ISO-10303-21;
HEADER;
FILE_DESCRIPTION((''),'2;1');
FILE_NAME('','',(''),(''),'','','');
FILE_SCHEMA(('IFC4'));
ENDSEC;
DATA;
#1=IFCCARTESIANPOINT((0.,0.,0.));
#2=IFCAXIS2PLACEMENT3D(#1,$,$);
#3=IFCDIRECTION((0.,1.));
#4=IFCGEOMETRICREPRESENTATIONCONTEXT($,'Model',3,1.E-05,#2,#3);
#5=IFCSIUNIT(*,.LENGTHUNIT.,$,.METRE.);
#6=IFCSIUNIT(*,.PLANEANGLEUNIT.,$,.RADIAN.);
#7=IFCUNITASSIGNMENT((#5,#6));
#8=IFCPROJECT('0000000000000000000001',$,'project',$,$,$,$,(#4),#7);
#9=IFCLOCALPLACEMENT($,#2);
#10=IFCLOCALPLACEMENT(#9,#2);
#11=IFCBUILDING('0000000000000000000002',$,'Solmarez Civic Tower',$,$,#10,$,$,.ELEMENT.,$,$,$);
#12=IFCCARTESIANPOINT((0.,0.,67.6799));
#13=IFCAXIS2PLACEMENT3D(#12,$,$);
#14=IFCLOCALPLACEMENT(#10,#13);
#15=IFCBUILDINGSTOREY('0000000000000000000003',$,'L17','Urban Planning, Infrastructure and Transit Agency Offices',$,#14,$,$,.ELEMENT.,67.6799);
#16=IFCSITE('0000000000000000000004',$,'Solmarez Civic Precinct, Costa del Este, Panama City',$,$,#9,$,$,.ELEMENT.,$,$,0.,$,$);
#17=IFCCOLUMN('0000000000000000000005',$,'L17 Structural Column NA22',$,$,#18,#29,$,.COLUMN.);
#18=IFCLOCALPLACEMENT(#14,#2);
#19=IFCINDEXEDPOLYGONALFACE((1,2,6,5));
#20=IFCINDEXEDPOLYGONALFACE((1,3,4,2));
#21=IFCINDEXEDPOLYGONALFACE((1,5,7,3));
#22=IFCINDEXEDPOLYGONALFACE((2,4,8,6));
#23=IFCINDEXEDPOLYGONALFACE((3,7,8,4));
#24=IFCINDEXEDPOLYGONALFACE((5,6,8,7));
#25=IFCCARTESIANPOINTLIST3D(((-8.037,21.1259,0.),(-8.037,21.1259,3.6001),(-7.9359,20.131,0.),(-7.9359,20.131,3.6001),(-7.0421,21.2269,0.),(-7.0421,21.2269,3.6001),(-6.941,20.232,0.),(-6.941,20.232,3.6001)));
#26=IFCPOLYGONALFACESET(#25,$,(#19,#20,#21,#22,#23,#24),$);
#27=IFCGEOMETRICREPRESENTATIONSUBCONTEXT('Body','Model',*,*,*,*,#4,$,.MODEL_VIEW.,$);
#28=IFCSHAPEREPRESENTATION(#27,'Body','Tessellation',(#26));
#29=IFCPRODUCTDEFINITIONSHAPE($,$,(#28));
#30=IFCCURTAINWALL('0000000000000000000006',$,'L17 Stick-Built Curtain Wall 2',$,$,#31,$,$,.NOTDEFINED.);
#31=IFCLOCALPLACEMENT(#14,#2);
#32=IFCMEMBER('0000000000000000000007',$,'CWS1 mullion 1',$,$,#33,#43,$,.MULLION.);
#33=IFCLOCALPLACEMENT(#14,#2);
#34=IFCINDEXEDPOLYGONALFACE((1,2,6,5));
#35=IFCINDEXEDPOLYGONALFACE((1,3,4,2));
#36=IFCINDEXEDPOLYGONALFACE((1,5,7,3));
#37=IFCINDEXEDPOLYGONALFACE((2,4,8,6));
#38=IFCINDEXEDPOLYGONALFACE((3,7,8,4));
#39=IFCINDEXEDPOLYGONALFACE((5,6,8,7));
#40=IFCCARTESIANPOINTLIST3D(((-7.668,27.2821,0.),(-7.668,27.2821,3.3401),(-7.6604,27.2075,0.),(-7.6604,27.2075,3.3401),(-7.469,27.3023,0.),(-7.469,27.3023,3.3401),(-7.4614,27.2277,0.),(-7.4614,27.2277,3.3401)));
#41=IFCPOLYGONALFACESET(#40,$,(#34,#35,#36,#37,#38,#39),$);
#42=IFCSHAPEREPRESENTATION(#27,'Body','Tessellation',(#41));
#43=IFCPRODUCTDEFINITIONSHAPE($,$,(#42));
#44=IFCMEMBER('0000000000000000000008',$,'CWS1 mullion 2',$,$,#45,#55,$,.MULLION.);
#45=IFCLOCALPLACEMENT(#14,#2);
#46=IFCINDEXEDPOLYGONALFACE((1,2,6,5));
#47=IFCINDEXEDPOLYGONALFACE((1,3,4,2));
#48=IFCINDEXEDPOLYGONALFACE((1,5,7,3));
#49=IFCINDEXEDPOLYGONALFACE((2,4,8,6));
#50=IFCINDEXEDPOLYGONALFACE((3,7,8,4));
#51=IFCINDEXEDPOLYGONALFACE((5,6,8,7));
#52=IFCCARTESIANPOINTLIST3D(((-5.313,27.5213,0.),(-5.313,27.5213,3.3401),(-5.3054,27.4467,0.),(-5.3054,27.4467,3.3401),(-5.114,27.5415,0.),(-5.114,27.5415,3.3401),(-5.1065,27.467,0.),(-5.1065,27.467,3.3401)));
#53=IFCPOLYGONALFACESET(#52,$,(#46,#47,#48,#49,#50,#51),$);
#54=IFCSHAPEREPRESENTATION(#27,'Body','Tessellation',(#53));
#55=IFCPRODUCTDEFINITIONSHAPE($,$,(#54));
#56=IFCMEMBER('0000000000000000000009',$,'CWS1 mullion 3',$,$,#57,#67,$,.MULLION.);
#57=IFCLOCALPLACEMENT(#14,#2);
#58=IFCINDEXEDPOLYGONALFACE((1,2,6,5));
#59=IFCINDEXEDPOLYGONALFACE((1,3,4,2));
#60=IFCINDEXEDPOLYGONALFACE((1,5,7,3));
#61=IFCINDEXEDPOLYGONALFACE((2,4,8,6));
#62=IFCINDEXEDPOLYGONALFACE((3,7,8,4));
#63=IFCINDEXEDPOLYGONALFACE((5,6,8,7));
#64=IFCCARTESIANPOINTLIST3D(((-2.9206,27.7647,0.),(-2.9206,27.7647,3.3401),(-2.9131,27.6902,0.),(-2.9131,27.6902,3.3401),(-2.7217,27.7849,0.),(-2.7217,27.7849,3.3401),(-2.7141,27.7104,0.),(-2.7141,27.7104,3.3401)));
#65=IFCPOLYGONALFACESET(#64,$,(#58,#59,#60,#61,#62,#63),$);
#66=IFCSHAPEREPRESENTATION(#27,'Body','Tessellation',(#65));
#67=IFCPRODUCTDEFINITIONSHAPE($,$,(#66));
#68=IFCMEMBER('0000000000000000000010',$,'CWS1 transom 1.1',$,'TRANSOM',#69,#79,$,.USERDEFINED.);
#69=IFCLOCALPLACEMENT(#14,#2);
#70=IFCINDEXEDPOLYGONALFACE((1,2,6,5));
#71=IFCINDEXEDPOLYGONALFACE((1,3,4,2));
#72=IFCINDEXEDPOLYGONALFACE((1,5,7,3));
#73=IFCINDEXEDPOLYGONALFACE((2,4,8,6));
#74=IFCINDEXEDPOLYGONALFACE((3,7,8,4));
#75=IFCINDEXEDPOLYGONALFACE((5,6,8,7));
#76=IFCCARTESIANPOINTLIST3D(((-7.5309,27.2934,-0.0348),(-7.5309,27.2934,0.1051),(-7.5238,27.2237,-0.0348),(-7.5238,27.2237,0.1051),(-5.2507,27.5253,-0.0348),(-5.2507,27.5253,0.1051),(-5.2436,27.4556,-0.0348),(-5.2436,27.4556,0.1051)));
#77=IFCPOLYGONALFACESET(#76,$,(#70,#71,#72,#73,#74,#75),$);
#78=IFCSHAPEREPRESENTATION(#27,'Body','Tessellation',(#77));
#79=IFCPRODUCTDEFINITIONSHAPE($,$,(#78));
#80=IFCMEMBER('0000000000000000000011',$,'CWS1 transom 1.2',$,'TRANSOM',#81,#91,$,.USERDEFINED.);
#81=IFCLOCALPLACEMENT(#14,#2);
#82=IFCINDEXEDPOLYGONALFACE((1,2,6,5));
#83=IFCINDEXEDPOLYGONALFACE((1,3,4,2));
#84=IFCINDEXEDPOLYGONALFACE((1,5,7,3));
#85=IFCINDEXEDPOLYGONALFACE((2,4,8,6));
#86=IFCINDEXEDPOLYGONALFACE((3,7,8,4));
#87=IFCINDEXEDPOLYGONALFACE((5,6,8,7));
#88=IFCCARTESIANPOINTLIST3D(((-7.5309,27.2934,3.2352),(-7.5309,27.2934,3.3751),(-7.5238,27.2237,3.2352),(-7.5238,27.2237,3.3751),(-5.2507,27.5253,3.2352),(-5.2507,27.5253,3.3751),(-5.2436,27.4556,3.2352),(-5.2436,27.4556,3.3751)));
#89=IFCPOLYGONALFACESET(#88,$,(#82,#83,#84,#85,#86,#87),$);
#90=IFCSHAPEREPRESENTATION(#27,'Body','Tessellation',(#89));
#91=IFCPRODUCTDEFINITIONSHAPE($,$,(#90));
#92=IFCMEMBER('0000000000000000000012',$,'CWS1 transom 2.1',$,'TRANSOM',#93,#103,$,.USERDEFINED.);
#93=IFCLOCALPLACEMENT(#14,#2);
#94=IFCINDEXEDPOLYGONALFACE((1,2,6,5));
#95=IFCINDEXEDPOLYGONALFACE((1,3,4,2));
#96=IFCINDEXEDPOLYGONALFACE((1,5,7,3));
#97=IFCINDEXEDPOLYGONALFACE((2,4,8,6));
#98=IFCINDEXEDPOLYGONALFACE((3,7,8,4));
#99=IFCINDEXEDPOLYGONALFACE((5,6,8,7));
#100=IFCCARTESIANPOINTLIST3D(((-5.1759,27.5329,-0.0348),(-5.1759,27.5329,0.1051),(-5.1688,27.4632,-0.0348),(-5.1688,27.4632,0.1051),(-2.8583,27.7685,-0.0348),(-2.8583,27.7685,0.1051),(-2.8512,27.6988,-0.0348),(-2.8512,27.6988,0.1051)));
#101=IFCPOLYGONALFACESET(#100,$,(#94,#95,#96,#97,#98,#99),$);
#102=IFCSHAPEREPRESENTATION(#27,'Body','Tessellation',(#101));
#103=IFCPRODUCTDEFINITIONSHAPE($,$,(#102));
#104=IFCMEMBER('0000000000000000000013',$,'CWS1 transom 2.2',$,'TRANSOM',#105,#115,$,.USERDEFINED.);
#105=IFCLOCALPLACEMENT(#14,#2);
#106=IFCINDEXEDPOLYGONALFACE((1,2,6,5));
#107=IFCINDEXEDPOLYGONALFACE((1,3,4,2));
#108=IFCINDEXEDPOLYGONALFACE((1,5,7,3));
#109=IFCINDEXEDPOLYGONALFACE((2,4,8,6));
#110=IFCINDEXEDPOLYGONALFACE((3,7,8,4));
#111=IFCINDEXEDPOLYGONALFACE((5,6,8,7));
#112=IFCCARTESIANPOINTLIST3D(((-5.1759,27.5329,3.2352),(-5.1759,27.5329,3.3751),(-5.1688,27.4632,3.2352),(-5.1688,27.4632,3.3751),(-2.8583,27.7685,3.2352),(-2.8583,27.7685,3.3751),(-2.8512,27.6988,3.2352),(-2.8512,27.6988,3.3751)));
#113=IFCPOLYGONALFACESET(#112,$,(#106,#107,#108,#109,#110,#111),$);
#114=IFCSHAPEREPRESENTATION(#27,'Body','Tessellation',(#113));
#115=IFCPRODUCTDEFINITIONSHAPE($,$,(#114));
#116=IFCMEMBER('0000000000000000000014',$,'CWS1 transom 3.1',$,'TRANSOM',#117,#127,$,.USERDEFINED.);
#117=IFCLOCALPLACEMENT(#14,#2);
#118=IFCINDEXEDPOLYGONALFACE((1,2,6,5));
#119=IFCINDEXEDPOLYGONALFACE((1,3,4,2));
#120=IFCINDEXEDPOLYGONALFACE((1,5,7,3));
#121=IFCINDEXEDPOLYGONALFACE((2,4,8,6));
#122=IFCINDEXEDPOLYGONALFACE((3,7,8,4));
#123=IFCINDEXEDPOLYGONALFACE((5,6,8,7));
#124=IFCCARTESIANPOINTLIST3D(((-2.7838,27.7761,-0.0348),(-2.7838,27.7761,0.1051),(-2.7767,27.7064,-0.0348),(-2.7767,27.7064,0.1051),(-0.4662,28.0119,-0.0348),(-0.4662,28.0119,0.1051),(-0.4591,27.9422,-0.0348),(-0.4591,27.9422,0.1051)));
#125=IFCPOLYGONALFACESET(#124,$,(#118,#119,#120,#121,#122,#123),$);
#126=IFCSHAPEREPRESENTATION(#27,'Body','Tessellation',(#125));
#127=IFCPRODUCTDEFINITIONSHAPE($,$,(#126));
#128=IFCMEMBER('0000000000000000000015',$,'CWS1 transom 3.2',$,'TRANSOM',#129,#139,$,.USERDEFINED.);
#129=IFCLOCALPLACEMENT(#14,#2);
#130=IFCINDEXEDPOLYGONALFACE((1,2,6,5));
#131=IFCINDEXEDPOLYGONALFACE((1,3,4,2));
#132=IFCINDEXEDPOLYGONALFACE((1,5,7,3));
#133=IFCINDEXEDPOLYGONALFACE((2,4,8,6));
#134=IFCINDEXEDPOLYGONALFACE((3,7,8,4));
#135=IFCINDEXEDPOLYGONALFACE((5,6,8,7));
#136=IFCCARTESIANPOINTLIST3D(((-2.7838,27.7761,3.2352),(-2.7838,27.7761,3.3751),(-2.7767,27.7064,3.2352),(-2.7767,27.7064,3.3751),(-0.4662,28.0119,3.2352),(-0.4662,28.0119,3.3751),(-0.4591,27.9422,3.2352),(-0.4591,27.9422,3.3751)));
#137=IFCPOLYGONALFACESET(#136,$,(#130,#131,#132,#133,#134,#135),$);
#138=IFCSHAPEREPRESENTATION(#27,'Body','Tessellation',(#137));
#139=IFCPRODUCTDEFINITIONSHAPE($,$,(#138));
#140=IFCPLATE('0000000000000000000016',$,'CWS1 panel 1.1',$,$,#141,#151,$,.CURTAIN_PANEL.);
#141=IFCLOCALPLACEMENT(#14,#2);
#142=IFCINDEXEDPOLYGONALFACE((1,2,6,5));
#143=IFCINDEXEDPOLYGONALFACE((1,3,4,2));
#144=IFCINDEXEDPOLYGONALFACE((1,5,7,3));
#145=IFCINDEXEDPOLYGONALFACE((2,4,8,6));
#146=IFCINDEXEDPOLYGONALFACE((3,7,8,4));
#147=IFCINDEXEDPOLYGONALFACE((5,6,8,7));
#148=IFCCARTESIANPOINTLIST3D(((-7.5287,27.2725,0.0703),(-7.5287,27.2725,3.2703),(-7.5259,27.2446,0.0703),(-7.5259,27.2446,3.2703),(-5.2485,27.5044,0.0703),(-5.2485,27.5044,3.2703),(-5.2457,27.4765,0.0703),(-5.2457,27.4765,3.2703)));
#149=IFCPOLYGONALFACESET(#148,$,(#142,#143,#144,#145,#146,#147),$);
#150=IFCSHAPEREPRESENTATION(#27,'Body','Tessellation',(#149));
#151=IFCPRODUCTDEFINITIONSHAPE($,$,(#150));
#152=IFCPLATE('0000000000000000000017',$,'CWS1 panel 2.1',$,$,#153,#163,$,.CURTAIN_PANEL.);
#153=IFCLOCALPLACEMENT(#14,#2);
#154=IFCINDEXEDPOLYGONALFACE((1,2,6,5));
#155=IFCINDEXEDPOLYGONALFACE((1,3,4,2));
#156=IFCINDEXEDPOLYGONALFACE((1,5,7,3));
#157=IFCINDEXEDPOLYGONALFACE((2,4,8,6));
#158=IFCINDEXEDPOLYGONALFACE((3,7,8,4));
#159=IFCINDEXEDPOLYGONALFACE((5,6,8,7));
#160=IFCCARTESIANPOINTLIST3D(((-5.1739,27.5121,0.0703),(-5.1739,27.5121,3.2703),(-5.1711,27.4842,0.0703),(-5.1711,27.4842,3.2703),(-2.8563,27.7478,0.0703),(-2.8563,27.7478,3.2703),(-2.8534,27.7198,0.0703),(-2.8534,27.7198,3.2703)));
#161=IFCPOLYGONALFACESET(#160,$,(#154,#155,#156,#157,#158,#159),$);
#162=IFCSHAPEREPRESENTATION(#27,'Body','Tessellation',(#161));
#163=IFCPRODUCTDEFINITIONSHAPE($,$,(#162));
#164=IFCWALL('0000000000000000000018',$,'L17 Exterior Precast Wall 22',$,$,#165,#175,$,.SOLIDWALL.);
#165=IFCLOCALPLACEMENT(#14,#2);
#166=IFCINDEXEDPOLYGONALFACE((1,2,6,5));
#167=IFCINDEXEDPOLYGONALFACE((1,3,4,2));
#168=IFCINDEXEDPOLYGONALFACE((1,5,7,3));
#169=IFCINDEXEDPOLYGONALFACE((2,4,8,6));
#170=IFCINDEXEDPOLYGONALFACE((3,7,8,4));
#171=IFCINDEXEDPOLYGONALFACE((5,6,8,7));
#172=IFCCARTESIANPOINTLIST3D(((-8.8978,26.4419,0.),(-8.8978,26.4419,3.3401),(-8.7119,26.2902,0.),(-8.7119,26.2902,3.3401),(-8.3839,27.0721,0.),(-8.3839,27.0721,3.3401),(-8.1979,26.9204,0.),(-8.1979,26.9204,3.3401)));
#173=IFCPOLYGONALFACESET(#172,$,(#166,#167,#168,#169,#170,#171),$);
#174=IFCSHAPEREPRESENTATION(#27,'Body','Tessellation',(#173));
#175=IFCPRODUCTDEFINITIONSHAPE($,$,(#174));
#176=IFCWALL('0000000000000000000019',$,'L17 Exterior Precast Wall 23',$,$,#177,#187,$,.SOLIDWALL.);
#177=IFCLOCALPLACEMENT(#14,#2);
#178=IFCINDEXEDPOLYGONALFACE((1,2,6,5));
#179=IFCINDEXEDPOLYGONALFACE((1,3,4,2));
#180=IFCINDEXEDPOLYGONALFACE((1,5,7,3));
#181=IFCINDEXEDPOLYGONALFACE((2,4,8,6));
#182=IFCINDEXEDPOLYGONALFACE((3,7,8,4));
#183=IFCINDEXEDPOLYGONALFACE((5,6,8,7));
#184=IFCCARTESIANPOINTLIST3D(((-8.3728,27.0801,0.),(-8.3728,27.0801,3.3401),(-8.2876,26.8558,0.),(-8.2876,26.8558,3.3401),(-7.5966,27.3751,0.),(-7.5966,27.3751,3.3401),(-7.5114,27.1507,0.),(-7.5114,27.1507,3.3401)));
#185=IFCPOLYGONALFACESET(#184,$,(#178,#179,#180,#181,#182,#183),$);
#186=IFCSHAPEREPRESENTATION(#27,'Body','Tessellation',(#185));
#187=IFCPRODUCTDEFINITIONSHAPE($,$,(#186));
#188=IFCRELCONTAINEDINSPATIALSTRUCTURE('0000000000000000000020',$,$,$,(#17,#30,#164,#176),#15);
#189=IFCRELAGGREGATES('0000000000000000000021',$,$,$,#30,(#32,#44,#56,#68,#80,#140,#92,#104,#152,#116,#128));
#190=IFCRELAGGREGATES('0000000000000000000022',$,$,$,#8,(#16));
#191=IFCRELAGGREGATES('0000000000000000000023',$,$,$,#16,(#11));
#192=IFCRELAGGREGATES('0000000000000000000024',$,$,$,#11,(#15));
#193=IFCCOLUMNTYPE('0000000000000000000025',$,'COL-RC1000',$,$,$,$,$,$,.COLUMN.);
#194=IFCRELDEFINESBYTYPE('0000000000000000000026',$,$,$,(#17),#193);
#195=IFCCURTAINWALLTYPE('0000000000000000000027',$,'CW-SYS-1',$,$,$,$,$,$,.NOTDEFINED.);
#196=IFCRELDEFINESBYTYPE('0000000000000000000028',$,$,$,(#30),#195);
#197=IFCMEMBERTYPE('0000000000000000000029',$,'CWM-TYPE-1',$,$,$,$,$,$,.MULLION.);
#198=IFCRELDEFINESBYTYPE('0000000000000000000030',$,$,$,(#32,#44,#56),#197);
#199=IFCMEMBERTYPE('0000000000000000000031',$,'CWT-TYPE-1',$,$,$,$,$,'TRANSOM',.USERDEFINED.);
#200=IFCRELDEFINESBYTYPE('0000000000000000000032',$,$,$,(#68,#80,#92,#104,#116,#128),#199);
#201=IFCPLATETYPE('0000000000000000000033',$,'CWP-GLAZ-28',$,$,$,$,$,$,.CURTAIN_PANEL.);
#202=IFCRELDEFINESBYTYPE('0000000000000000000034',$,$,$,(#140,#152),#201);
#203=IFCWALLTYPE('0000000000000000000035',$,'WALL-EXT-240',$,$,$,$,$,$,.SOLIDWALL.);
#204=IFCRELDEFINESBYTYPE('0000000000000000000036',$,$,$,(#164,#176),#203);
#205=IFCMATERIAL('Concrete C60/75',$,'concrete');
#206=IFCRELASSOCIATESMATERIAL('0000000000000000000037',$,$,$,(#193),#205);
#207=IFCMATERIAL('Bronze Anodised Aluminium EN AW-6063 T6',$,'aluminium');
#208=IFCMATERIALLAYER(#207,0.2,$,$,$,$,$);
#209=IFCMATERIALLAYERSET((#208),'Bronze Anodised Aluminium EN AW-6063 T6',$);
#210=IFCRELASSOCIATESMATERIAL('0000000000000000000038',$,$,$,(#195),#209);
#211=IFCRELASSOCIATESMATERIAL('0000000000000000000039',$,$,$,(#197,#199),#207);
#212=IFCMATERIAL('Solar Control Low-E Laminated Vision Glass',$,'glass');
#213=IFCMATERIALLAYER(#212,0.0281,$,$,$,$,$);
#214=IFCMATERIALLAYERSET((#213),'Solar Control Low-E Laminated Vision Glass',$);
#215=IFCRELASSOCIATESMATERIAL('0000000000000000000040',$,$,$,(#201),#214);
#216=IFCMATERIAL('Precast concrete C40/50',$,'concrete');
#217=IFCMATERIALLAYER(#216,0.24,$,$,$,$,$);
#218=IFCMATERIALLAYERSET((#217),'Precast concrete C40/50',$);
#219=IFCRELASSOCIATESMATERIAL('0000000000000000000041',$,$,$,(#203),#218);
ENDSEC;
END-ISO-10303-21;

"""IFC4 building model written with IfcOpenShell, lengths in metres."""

from ifc_helpers import new_model, si_unit, direction, frame, frame_2d, origin, origin_2d, place, context, subcontext, project, spatial, rectangle, extrude, material, layer, layer_set, material_profile, profile_set, type_object, element, aggregate, save


model = new_model("IFC4")

# Units and contexts
model_context = context("Model", 3, precision=1e-05, world=origin(), true_north=direction((0.0, 1.0)))
body_context = subcontext(model_context, "Body", "Model", "MODEL_VIEW")
ifc_project = project(units=[si_unit("LENGTHUNIT", "METRE"), si_unit("PLANEANGLEUNIT", "RADIAN")], contexts=[model_context])

# Site, building, storey
site_placement = place(None, origin())
site = spatial("IfcSite", under=ifc_project, at=site_placement, Name="Solmarez Civic Precinct, Costa del Este, Panama City", CompositionType="ELEMENT", RefElevation=0.0)
building_placement = place(site_placement, origin())
building = spatial("IfcBuilding", under=site, at=building_placement, Name="Solmarez Civic Tower", CompositionType="ELEMENT")
storey_placement = place(building_placement, frame((0.0, 0.0, 67.6799)))
storey = spatial("IfcBuildingStorey", under=building, at=storey_placement, Name="L17", Description="Urban Planning, Infrastructure and Transit Agency Offices", CompositionType="ELEMENT", Elevation=67.6799)

# Column
ifc_material_1 = material(Name="Concrete C60/75", Category="concrete")
ifc_material_profile_1 = material_profile(ifc_material_1, rectangle(XDim=1.0, YDim=1.0, at=origin_2d()), Name="RC1000X1000")
ifc_profile_set_1 = profile_set([ifc_material_profile_1], Name="Concrete C60/75")
column_type = type_object("IfcColumnType", Name="COL-RC1000", PredefinedType="COLUMN", material=ifc_profile_set_1)
column_placement = place(storey_placement, frame((-7.489, 20.679, 0.0), z_axis=(0.0, 0.0, 1.0), x_axis=(0.994881, 0.101056, 0.0)))
element("IfcColumn", 1, at=column_placement, inside=storey, type_object=column_type, Name="L17 Structural Column NA22", PredefinedType="COLUMN", context=body_context, shape_type="SweptSolid", body=[
    extrude(rectangle(XDim=1.0, YDim=1.0, at=origin_2d()), origin(), (0.0, 0.0, 1.0), 3.6001),
])

# Curtain wall, members, plates
ifc_material_2 = material(Name="Bronze Anodised Aluminium EN AW-6063 T6", Category="aluminium")
ifc_layer_1 = layer(ifc_material_2, 0.2)
ifc_layer_set_1 = layer_set([ifc_layer_1], Name="Bronze Anodised Aluminium EN AW-6063 T6")
curtain_wall_type = type_object("IfcCurtainWallType", Name="CW-SYS-1", PredefinedType="NOTDEFINED", material=ifc_layer_set_1)
curtain_wall_placement = place(storey_placement, origin())
curtain_wall = element("IfcCurtainWall", 2, at=curtain_wall_placement, inside=storey, type_object=curtain_wall_type, Name="L17 Stick-Built Curtain Wall 2", PredefinedType="NOTDEFINED")
ifc_material_profile_2 = material_profile(ifc_material_2, rectangle(XDim=0.075, YDim=0.2, at=origin_2d()), Name="CWM-75X200")
ifc_profile_set_2 = profile_set([ifc_material_profile_2], Name="Bronze Anodised Aluminium EN AW-6063 T6")
member_type_1 = type_object("IfcMemberType", Name="CWM-TYPE-1", PredefinedType="MULLION", material=ifc_profile_set_2)
member_1_placement = place(storey_placement, frame((-7.5647, 27.2549, 0.0), z_axis=(0.0, 0.0, 1.0), x_axis=(-0.101161, 0.99487, 0.0)))
member_1 = element("IfcMember", 3, at=member_1_placement, type_object=member_type_1, Name="CWS1 mullion 1", PredefinedType="MULLION", context=body_context, shape_type="SweptSolid", body=[
    extrude(rectangle(XDim=0.075, YDim=0.2, at=origin_2d()), origin(), (0.0, 0.0, 1.0), 3.3401),
])
member_2_placement = place(storey_placement, frame((-5.2097, 27.4941, 0.0), z_axis=(0.0, 0.0, 1.0), x_axis=(-0.101161, 0.99487, 0.0)))
member_2 = element("IfcMember", 4, at=member_2_placement, type_object=member_type_1, Name="CWS1 mullion 2", PredefinedType="MULLION", context=body_context, shape_type="SweptSolid", body=[
    extrude(rectangle(XDim=0.075, YDim=0.2, at=origin_2d()), origin(), (0.0, 0.0, 1.0), 3.3401),
])
member_3_placement = place(storey_placement, frame((-2.8174, 27.7375, 0.0), z_axis=(0.0, 0.0, 1.0), x_axis=(-0.101161, 0.99487, 0.0)))
member_3 = element("IfcMember", 5, at=member_3_placement, type_object=member_type_1, Name="CWS1 mullion 3", PredefinedType="MULLION", context=body_context, shape_type="SweptSolid", body=[
    extrude(rectangle(XDim=0.075, YDim=0.2, at=origin_2d()), origin(), (0.0, 0.0, 1.0), 3.3401),
])
ifc_material_profile_3 = material_profile(ifc_material_2, rectangle(XDim=0.0701, YDim=0.1399, at=origin_2d()), Name="CWT-70X140")
ifc_profile_set_3 = profile_set([ifc_material_profile_3], Name="Bronze Anodised Aluminium EN AW-6063 T6")
member_type_2 = type_object("IfcMemberType", Name="CWT-TYPE-1", ElementType="TRANSOM", PredefinedType="USERDEFINED", material=ifc_profile_set_3)
member_4_placement = place(storey_placement, frame((-7.5273, 27.2585, 0.0352), z_axis=(0.994867, 0.101191, 0.0), x_axis=(-0.101191, 0.994867, 0.0)))
member_4 = element("IfcMember", 6, at=member_4_placement, type_object=member_type_2, Name="CWS1 transom 1.1", ObjectType="TRANSOM", PredefinedType="USERDEFINED", context=body_context, shape_type="SweptSolid", body=[
    extrude(rectangle(XDim=0.0701, YDim=0.1399, at=origin_2d()), origin(), (0.0, 0.0, 1.0), 2.292),
])
member_5_placement = place(storey_placement, frame((-7.5273, 27.2585, 3.3052), z_axis=(0.994867, 0.101191, 0.0), x_axis=(-0.101191, 0.994867, 0.0)))
member_5 = element("IfcMember", 7, at=member_5_placement, type_object=member_type_2, Name="CWS1 transom 1.2", ObjectType="TRANSOM", PredefinedType="USERDEFINED", context=body_context, shape_type="SweptSolid", body=[
    extrude(rectangle(XDim=0.0701, YDim=0.1399, at=origin_2d()), origin(), (0.0, 0.0, 1.0), 2.292),
])
member_6_placement = place(storey_placement, frame((-5.1724, 27.498, 0.0352), z_axis=(0.994873, 0.101133, 0.0), x_axis=(-0.101133, 0.994873, 0.0)))
member_6 = element("IfcMember", 8, at=member_6_placement, type_object=member_type_2, Name="CWS1 transom 2.1", ObjectType="TRANSOM", PredefinedType="USERDEFINED", context=body_context, shape_type="SweptSolid", body=[
    extrude(rectangle(XDim=0.0701, YDim=0.1399, at=origin_2d()), origin(), (0.0, 0.0, 1.0), 2.3296),
])
member_7_placement = place(storey_placement, frame((-5.1724, 27.498, 3.3052), z_axis=(0.994873, 0.101133, 0.0), x_axis=(-0.101133, 0.994873, 0.0)))
member_7 = element("IfcMember", 9, at=member_7_placement, type_object=member_type_2, Name="CWS1 transom 2.2", ObjectType="TRANSOM", PredefinedType="USERDEFINED", context=body_context, shape_type="SweptSolid", body=[
    extrude(rectangle(XDim=0.0701, YDim=0.1399, at=origin_2d()), origin(), (0.0, 0.0, 1.0), 2.3296),
])
member_8_placement = place(storey_placement, frame((-2.7803, 27.7412, 0.0352), z_axis=(0.994862, 0.101236, 0.0), x_axis=(-0.101236, 0.994862, 0.0)))
member_8 = element("IfcMember", 10, at=member_8_placement, type_object=member_type_2, Name="CWS1 transom 3.1", ObjectType="TRANSOM", PredefinedType="USERDEFINED", context=body_context, shape_type="SweptSolid", body=[
    extrude(rectangle(XDim=0.0701, YDim=0.1399, at=origin_2d()), origin(), (0.0, 0.0, 1.0), 2.3296),
])
member_9_placement = place(storey_placement, frame((-2.7803, 27.7412, 3.3052), z_axis=(0.994862, 0.101236, 0.0), x_axis=(-0.101236, 0.994862, 0.0)))
member_9 = element("IfcMember", 11, at=member_9_placement, type_object=member_type_2, Name="CWS1 transom 3.2", ObjectType="TRANSOM", PredefinedType="USERDEFINED", context=body_context, shape_type="SweptSolid", body=[
    extrude(rectangle(XDim=0.0701, YDim=0.1399, at=origin_2d()), origin(), (0.0, 0.0, 1.0), 2.3296),
])
ifc_material_3 = material(Name="Solar Control Low-E Laminated Vision Glass", Category="glass")
ifc_layer_2 = layer(ifc_material_3, 0.0281)
ifc_layer_set_2 = layer_set([ifc_layer_2], Name="Solar Control Low-E Laminated Vision Glass")
plate_type = type_object("IfcPlateType", Name="CWP-GLAZ-28", PredefinedType="CURTAIN_PANEL", material=ifc_layer_set_2)
plate_1_placement = place(storey_placement, frame((-6.3872, 27.3745, 0.0703), z_axis=(0.0, 0.0, 1.0), x_axis=(0.99487, 0.101161, 0.0)))
plate_1 = element("IfcPlate", 12, at=plate_1_placement, type_object=plate_type, Name="CWS1 panel 1.1", PredefinedType="CURTAIN_PANEL", context=body_context, shape_type="SweptSolid", body=[
    extrude(rectangle(XDim=2.292, YDim=0.0281, at=origin_2d()), origin(), (0.0, 0.0, 1.0), 3.2),
])
plate_2_placement = place(storey_placement, frame((-4.0137, 27.616, 0.0703), z_axis=(0.0, 0.0, 1.0), x_axis=(0.99487, 0.101161, 0.0)))
plate_2 = element("IfcPlate", 13, at=plate_2_placement, type_object=plate_type, Name="CWS1 panel 2.1", PredefinedType="CURTAIN_PANEL", context=body_context, shape_type="SweptSolid", body=[
    extrude(rectangle(XDim=2.3296, YDim=0.0281, at=origin_2d()), origin(), (0.0, 0.0, 1.0), 3.2),
])
aggregate(curtain_wall, [member_1, member_2, member_3, member_4, member_5, plate_1, member_6, member_7, plate_2, member_8, member_9])

# Walls
ifc_material_4 = material(Name="Precast concrete C40/50", Category="concrete")
ifc_layer_3 = layer(ifc_material_4, 0.24)
ifc_layer_set_3 = layer_set([ifc_layer_3], Name="Precast concrete C40/50")
wall_type_1 = type_object("IfcWallType", Name="WALL-EXT-240", PredefinedType="SOLIDWALL", material=ifc_layer_set_3)
wall_1_placement = place(storey_placement, frame((-8.8049, 26.366, 0.0), z_axis=(0.0, 0.0, 1.0), x_axis=(0.632027, 0.774946, 0.0)))
element("IfcWall", 14, at=wall_1_placement, inside=storey, type_object=wall_type_1, Name="L17 Exterior Precast Wall 22", PredefinedType="SOLIDWALL", context=body_context, shape_type="SweptSolid", body=[
    extrude(rectangle(XDim=0.8132, YDim=0.24, at=frame_2d((0.4067, 0.0))), origin(), (0.0, 0.0, 1.0), 3.3401),
])
wall_2_placement = place(storey_placement, frame((-8.3301, 26.968, 0.0), z_axis=(0.0, 0.0, 1.0), x_axis=(0.934786, 0.355213, 0.0)))
element("IfcWall", 15, at=wall_2_placement, inside=storey, type_object=wall_type_1, Name="L17 Exterior Precast Wall 23", PredefinedType="SOLIDWALL", context=body_context, shape_type="SweptSolid", body=[
    extrude(rectangle(XDim=0.8303, YDim=0.24, at=frame_2d((0.415, 0.0))), origin(), (0.0, 0.0, 1.0), 3.3401),
])

save(model, "model.ifc")
